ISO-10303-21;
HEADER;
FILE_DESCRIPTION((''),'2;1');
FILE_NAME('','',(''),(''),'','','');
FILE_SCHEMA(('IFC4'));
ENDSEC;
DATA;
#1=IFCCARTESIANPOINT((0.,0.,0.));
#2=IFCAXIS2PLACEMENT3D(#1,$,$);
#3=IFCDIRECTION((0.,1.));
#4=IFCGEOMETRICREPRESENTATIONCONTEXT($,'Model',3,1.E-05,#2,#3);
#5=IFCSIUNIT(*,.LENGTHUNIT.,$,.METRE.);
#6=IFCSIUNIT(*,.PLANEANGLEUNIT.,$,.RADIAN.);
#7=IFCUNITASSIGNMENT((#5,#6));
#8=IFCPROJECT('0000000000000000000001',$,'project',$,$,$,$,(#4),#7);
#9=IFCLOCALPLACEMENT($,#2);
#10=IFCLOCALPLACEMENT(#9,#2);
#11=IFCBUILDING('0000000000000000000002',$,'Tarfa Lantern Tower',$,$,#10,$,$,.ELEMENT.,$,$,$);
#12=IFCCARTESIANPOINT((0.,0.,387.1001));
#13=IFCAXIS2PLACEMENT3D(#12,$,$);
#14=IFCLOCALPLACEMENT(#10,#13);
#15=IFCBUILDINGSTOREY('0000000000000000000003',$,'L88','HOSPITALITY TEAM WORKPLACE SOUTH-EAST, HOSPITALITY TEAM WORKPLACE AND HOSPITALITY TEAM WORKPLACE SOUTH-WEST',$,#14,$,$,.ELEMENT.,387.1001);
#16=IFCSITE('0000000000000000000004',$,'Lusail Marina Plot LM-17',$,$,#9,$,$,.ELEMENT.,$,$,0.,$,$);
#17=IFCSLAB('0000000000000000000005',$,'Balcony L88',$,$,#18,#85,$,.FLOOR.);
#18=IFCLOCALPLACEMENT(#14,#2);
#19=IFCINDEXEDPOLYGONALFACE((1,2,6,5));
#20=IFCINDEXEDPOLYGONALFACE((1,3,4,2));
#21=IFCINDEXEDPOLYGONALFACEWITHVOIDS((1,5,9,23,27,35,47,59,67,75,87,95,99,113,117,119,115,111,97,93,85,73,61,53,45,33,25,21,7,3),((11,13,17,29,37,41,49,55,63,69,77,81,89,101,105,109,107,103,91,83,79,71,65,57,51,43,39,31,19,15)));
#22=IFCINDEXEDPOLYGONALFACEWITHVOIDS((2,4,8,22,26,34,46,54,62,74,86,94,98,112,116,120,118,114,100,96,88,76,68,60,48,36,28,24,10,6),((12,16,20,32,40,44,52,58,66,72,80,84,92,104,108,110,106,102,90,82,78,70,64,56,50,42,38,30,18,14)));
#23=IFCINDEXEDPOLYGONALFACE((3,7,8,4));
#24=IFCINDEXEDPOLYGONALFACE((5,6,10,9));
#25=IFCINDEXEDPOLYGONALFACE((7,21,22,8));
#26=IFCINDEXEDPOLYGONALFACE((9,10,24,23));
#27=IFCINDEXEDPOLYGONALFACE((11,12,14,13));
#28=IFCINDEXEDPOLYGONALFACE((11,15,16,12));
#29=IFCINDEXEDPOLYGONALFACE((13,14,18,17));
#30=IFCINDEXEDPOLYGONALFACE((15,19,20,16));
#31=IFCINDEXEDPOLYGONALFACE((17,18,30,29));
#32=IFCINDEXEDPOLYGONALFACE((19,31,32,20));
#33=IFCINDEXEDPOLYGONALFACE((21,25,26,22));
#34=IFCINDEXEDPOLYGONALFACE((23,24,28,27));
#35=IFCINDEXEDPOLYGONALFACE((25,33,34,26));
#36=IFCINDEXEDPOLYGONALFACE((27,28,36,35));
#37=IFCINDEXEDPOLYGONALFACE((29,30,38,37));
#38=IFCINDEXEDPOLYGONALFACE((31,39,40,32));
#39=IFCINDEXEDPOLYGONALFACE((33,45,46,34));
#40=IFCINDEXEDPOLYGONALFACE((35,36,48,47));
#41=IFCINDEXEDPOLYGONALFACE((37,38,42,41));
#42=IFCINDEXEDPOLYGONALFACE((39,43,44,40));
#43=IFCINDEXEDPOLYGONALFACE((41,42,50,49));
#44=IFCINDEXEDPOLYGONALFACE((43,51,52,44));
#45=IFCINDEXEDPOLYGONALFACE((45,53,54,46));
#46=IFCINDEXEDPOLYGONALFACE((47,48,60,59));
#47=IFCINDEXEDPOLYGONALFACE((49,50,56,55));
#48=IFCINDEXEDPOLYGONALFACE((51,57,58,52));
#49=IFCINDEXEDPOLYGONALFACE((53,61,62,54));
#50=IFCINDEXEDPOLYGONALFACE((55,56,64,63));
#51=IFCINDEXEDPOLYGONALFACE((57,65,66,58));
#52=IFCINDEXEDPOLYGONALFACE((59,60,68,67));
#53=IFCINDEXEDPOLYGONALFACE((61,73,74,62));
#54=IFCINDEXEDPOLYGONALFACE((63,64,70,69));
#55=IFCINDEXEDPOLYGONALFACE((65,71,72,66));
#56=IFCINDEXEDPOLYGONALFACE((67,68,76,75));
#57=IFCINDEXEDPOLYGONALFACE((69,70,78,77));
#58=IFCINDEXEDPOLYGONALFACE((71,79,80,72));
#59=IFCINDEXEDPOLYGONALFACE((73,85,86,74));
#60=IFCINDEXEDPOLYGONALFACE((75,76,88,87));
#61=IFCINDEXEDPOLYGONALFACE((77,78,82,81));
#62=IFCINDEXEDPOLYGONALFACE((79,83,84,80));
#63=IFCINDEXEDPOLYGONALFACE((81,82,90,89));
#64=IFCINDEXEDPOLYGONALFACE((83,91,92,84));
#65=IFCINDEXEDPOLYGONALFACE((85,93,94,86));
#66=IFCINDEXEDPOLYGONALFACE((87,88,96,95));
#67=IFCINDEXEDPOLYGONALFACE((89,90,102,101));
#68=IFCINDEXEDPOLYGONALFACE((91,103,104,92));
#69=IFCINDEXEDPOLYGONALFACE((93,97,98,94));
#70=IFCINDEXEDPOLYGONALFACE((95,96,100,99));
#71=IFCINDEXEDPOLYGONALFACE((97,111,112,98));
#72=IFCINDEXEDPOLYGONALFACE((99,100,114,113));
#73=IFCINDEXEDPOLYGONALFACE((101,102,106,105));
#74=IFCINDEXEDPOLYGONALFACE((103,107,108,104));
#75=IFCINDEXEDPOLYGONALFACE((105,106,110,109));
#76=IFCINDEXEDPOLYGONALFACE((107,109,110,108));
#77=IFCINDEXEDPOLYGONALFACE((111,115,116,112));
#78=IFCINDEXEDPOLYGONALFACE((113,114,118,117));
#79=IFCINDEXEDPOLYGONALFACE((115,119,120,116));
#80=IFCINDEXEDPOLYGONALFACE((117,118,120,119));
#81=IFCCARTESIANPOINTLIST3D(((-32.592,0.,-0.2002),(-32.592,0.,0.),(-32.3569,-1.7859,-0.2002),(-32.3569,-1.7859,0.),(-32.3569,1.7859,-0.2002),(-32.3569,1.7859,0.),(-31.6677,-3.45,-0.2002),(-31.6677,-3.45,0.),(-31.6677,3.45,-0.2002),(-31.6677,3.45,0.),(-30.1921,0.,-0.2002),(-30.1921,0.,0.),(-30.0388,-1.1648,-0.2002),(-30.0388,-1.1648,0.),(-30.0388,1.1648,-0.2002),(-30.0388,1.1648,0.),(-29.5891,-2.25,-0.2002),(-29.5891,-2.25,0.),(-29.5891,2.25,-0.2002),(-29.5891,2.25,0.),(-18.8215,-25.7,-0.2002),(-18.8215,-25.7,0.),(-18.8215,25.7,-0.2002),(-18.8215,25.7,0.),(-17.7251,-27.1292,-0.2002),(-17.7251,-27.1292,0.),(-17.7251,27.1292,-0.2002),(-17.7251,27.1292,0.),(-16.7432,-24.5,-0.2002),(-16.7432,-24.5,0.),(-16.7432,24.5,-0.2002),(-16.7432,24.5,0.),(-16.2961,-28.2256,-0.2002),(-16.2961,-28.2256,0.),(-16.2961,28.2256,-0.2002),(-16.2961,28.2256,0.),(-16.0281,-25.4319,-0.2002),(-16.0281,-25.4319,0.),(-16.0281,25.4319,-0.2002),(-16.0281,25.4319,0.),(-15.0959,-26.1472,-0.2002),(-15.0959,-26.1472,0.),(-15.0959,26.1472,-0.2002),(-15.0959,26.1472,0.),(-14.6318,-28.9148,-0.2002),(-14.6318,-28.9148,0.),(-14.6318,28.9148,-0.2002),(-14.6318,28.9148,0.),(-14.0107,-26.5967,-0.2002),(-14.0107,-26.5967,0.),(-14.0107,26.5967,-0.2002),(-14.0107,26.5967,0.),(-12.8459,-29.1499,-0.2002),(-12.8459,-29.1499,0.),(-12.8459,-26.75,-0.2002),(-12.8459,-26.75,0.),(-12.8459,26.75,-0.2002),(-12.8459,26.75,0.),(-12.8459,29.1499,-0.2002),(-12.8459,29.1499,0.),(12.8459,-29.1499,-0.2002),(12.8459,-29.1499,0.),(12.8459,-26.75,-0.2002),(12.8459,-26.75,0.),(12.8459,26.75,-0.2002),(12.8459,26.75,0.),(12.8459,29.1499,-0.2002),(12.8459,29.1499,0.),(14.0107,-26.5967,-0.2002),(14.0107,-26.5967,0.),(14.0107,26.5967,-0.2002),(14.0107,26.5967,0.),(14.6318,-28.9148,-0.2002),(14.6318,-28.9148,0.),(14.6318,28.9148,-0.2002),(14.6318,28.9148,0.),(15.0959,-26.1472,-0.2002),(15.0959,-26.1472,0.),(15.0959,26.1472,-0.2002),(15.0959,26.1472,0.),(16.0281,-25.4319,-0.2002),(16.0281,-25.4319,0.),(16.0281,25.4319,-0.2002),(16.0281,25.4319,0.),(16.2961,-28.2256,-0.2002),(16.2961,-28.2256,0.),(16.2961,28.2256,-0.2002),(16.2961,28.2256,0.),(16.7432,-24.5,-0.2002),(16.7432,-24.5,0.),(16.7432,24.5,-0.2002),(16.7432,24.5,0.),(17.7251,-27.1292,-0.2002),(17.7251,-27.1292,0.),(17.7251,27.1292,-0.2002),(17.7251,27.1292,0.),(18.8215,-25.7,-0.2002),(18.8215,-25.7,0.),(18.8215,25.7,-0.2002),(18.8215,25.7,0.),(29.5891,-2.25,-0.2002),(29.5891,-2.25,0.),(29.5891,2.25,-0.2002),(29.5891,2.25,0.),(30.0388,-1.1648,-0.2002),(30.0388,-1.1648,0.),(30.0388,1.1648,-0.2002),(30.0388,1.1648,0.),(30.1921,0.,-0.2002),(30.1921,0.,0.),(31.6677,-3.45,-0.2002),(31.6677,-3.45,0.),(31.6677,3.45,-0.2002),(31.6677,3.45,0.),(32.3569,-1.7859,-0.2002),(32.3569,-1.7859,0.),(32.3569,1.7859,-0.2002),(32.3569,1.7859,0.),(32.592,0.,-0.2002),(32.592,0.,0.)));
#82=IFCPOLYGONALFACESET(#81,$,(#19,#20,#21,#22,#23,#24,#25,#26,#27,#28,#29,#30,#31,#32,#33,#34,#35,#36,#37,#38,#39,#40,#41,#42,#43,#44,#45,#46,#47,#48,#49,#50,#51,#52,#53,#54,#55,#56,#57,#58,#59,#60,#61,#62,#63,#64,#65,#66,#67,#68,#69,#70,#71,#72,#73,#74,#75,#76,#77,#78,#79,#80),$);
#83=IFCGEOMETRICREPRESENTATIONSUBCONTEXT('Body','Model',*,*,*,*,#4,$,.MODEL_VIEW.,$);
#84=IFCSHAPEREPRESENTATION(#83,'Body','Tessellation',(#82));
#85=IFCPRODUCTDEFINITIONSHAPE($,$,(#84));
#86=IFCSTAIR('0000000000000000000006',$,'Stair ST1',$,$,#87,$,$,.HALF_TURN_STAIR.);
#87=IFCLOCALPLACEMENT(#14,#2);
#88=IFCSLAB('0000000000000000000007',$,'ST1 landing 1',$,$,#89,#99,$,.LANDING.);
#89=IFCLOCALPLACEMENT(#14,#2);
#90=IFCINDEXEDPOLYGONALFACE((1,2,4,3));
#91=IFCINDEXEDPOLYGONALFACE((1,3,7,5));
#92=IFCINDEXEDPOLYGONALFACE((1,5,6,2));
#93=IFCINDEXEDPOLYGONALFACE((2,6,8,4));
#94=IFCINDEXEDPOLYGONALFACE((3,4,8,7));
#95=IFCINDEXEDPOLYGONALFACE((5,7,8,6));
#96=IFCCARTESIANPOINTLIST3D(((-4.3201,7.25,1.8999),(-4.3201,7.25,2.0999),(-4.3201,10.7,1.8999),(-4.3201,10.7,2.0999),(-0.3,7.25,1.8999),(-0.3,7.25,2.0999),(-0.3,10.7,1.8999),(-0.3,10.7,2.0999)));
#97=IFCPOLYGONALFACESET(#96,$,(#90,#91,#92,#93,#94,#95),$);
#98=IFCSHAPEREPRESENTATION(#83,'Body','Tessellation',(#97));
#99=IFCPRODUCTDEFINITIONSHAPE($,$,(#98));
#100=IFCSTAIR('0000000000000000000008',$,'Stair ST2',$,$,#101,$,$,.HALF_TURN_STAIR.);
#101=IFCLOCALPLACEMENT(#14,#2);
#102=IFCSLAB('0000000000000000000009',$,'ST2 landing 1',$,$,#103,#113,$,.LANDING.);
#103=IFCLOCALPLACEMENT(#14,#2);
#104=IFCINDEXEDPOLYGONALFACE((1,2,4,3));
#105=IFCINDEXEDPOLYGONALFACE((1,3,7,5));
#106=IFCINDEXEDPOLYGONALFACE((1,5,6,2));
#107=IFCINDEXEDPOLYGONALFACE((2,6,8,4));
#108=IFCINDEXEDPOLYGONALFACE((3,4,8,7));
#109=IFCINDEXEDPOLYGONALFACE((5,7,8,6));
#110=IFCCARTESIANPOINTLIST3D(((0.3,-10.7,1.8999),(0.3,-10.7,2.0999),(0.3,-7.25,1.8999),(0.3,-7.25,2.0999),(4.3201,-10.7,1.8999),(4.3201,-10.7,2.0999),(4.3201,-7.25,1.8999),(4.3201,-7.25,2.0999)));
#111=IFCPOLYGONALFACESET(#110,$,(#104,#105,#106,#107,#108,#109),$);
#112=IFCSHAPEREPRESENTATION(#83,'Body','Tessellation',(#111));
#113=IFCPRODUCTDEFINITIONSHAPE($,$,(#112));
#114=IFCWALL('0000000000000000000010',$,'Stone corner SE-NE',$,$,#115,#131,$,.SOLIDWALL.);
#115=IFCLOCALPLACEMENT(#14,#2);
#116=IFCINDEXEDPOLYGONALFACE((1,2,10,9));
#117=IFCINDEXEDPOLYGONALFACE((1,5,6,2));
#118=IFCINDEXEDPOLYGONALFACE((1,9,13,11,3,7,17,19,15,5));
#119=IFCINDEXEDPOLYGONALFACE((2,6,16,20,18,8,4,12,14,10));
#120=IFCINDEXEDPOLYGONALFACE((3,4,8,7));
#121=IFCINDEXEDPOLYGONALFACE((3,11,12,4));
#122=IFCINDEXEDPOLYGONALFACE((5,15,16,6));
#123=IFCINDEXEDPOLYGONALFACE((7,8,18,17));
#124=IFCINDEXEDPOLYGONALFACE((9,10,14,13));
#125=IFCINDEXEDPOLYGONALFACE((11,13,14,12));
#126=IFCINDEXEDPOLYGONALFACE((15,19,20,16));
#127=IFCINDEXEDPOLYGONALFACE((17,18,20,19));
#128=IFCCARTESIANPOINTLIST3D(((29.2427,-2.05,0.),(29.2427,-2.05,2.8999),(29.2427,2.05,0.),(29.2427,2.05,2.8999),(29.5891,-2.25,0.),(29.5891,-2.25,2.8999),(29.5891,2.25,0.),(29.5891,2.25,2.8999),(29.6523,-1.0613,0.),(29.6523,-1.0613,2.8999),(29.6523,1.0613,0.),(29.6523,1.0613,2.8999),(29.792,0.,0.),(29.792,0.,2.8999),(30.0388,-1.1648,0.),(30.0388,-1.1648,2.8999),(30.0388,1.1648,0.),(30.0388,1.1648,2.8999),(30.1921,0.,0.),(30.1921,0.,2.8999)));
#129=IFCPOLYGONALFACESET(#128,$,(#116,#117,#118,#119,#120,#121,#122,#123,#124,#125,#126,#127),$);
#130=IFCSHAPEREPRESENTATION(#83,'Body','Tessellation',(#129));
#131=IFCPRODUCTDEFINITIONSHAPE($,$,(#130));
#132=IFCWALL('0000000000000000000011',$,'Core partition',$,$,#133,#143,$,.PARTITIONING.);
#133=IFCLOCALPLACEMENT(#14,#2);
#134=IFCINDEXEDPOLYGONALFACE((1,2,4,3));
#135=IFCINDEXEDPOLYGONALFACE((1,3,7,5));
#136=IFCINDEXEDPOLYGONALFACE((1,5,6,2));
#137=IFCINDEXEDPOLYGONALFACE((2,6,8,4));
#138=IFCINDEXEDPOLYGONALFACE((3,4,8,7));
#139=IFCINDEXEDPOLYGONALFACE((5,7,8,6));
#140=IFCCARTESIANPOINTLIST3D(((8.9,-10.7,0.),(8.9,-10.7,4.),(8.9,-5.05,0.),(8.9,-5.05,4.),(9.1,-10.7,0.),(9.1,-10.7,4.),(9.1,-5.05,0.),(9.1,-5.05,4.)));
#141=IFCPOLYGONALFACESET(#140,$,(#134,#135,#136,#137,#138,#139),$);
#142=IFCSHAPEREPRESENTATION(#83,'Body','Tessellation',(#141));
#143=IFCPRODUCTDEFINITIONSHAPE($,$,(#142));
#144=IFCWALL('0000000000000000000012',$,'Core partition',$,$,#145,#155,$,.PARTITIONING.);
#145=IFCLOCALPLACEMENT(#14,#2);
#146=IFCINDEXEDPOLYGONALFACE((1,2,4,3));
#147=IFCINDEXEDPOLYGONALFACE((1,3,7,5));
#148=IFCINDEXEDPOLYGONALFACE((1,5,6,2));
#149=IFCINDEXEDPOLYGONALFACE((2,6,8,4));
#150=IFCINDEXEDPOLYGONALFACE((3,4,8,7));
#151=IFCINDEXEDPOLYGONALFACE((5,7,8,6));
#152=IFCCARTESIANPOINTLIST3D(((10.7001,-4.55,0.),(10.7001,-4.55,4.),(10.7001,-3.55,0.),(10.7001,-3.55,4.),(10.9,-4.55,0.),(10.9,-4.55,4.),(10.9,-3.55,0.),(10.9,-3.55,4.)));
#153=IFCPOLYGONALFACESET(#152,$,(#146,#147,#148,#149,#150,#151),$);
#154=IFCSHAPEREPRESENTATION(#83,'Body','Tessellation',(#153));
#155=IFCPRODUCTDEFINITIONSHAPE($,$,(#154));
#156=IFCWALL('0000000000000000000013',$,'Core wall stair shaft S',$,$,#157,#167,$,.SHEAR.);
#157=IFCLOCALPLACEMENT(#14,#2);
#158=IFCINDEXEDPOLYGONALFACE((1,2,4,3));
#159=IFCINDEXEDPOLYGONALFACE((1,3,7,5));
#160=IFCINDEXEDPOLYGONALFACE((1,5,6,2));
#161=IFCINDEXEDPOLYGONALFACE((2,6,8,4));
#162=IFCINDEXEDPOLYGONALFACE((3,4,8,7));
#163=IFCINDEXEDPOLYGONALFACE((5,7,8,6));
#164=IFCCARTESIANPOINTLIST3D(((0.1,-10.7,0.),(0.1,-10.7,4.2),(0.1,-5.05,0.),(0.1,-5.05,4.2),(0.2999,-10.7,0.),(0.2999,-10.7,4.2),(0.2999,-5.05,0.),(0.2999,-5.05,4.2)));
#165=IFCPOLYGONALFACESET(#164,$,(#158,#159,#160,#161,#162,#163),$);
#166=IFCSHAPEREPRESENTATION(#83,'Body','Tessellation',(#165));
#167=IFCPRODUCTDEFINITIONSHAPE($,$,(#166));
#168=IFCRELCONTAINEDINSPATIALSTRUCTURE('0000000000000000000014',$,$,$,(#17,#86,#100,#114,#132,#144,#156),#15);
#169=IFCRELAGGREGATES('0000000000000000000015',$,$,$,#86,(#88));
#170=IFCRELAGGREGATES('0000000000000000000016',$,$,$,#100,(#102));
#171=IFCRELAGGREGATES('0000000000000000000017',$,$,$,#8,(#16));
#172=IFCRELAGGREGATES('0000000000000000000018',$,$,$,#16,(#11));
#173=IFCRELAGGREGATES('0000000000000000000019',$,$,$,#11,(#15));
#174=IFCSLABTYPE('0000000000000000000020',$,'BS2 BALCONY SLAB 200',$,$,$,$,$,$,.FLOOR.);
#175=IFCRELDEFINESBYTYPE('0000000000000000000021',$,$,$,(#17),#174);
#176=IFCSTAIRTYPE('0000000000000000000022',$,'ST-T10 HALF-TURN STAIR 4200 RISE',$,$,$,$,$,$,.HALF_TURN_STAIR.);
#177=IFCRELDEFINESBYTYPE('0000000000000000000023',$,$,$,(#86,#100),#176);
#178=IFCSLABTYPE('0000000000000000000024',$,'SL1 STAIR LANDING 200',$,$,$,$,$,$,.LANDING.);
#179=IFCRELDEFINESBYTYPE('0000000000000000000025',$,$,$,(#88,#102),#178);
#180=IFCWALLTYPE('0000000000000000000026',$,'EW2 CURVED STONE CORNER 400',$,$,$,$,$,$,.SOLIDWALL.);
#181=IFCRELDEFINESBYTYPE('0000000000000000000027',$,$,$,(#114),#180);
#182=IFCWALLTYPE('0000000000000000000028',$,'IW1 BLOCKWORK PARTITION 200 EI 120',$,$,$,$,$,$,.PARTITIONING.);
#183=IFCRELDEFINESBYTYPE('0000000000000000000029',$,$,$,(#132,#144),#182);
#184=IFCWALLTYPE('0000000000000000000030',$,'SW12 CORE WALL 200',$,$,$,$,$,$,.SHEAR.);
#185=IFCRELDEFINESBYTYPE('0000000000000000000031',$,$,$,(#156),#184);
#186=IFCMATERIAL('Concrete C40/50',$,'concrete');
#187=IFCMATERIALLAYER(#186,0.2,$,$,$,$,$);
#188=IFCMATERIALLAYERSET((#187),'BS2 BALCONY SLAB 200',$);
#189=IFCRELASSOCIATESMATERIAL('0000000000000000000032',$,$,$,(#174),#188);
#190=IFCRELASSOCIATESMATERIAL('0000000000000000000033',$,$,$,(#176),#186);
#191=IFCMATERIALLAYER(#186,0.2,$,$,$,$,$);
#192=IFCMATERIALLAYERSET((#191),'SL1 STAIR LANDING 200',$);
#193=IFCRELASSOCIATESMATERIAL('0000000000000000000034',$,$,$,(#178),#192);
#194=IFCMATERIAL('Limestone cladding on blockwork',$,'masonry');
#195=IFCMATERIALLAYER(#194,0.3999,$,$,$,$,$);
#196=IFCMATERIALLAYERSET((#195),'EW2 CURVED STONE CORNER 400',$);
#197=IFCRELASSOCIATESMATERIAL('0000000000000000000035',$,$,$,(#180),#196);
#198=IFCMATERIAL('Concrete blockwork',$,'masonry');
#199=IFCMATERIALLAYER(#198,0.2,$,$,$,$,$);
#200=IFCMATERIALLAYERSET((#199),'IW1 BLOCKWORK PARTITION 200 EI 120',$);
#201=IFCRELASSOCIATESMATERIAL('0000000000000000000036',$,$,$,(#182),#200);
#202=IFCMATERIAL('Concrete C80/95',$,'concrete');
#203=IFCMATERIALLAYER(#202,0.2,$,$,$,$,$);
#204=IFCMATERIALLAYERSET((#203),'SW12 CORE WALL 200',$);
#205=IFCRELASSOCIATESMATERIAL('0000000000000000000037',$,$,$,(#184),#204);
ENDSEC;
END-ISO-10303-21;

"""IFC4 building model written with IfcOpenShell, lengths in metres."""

from ifc_helpers import new_model, si_unit, direction, frame, frame_2d, origin, place, context, subcontext, project, spatial, polyline, rectangle, outline, extrude, material, layer, layer_set, type_object, element, aggregate, save


model = new_model("IFC4")

# Units and contexts
model_context = context("Model", 3, precision=1e-05, world=origin(), true_north=direction((0.0, 1.0)))
body_context = subcontext(model_context, "Body", "Model", "MODEL_VIEW")
ifc_project = project(units=[si_unit("LENGTHUNIT", "METRE"), si_unit("PLANEANGLEUNIT", "RADIAN")], contexts=[model_context])

# Site, building, storey
site_placement = place(None, origin())
site = spatial("IfcSite", under=ifc_project, at=site_placement, Name="Lusail Marina Plot LM-17", CompositionType="ELEMENT", RefElevation=0.0)
building_placement = place(site_placement, origin())
building = spatial("IfcBuilding", under=site, at=building_placement, Name="Tarfa Lantern Tower", CompositionType="ELEMENT")
storey_placement = place(building_placement, frame((0.0, 0.0, 387.1001)))
storey = spatial("IfcBuildingStorey", under=building, at=storey_placement, Name="L88", Description="HOSPITALITY TEAM WORKPLACE SOUTH-EAST, HOSPITALITY TEAM WORKPLACE AND HOSPITALITY TEAM WORKPLACE SOUTH-WEST", CompositionType="ELEMENT", Elevation=387.1001)

# Slab
ifc_material_1 = material(Name="Concrete C40/50", Category="concrete")
ifc_layer_1 = layer(ifc_material_1, 0.2)
ifc_layer_set_1 = layer_set([ifc_layer_1], Name="BS2 BALCONY SLAB 200")
slab_type_1 = type_object("IfcSlabType", Name="BS2 BALCONY SLAB 200", PredefinedType="FLOOR", material=ifc_layer_set_1)
slab_1_placement = place(storey_placement, frame((0.0, 0.0, -0.2002)))
element("IfcSlab", 1, at=slab_1_placement, inside=storey, type_object=slab_type_1, Name="Balcony L88", PredefinedType="FLOOR", context=body_context, shape_type="SweptSolid", body=[
    extrude(outline(polyline([(31.6677, 3.45), (18.8215, 25.7), (17.7251, 27.1292), (16.2961, 28.2256), (14.6318, 28.9148), (12.8459, 29.1499), (-12.8459, 29.1499), (-14.6318, 28.9148), (-16.2961, 28.2256), (-17.7251, 27.1292), (-18.8215, 25.7), (-31.6677, 3.45), (-32.3569, 1.7859), (-32.592, 0.0), (-32.3569, -1.7859), (-31.6677, -3.45), (-18.8215, -25.7), (-17.7251, -27.1292), (-16.2961, -28.2256), (-14.6318, -28.9148), (-12.8459, -29.1499), (12.8459, -29.1499), (14.6318, -28.9148), (16.2961, -28.2256), (17.7251, -27.1292), (18.8215, -25.7), (31.6677, -3.45), (32.3569, -1.7859), (32.592, 0.0), (32.3569, 1.7859), (31.6677, 3.45)]), holes=[polyline([(29.5891, 2.25), (16.7432, 24.5), (16.0281, 25.4319), (15.0959, 26.1472), (14.0107, 26.5967), (12.8459, 26.75), (-12.8459, 26.75), (-14.0107, 26.5967), (-15.0959, 26.1472), (-16.0281, 25.4319), (-16.7432, 24.5), (-29.5891, 2.25), (-30.0388, 1.1648), (-30.1921, 0.0), (-30.0388, -1.1648), (-29.5891, -2.25), (-16.7432, -24.5), (-16.0281, -25.4319), (-15.0959, -26.1472), (-14.0107, -26.5967), (-12.8459, -26.75), (12.8459, -26.75), (14.0107, -26.5967), (15.0959, -26.1472), (16.0281, -25.4319), (16.7432, -24.5), (29.5891, -2.25), (30.0388, -1.1648), (30.1921, 0.0), (30.0388, 1.1648), (29.5891, 2.25)])]), origin(), (0.0, 0.0, 1.0), 0.2002),
])

# Stairs, slabs
stair_type = type_object("IfcStairType", Name="ST-T10 HALF-TURN STAIR 4200 RISE", PredefinedType="HALF_TURN_STAIR", material=ifc_material_1)
stair_1_placement = place(storey_placement, origin())
stair_1 = element("IfcStair", 2, at=stair_1_placement, inside=storey, type_object=stair_type, Name="Stair ST1", PredefinedType="HALF_TURN_STAIR")
ifc_layer_2 = layer(ifc_material_1, 0.2)
ifc_layer_set_2 = layer_set([ifc_layer_2], Name="SL1 STAIR LANDING 200")
slab_type_2 = type_object("IfcSlabType", Name="SL1 STAIR LANDING 200", PredefinedType="LANDING", material=ifc_layer_set_2)
slab_2_placement = place(storey_placement, frame((0.0, 0.0, 1.8999)))
slab_2 = element("IfcSlab", 3, at=slab_2_placement, type_object=slab_type_2, Name="ST1 landing 1", PredefinedType="LANDING", context=body_context, shape_type="SweptSolid", body=[
    extrude(outline(polyline([(-4.3201, 7.25), (-0.3, 7.25), (-0.3, 10.7), (-4.3201, 10.7), (-4.3201, 7.25)])), origin(), (0.0, 0.0, 1.0), 0.2),
])
aggregate(stair_1, [slab_2])
stair_2_placement = place(storey_placement, origin())
stair_2 = element("IfcStair", 4, at=stair_2_placement, inside=storey, type_object=stair_type, Name="Stair ST2", PredefinedType="HALF_TURN_STAIR")
slab_3_placement = place(storey_placement, frame((0.0, 0.0, 1.8999)))
slab_3 = element("IfcSlab", 5, at=slab_3_placement, type_object=slab_type_2, Name="ST2 landing 1", PredefinedType="LANDING", context=body_context, shape_type="SweptSolid", body=[
    extrude(outline(polyline([(4.3201, -7.25), (0.3, -7.25), (0.3, -10.7), (4.3201, -10.7), (4.3201, -7.25)])), origin(), (0.0, 0.0, 1.0), 0.2),
])

# Walls
ifc_material_2 = material(Name="Limestone cladding on blockwork", Category="masonry")
ifc_layer_3 = layer(ifc_material_2, 0.3999)
ifc_layer_set_3 = layer_set([ifc_layer_3], Name="EW2 CURVED STONE CORNER 400")
wall_type_1 = type_object("IfcWallType", Name="EW2 CURVED STONE CORNER 400", PredefinedType="SOLIDWALL", material=ifc_layer_set_3)
wall_1_placement = place(storey_placement, origin())
element("IfcWall", 6, at=wall_1_placement, inside=storey, type_object=wall_type_1, Name="Stone corner SE-NE", PredefinedType="SOLIDWALL", context=body_context, shape_type="SweptSolid", body=[
    extrude(outline(polyline([(29.5891, -2.25), (30.0388, -1.1648), (30.1921, 0.0), (30.0388, 1.1648), (29.5891, 2.25), (29.2427, 2.05), (29.6523, 1.0613), (29.792, 0.0), (29.6523, -1.0613), (29.2427, -2.05), (29.5891, -2.25)])), origin(), (0.0, 0.0, 1.0), 2.8999),
])
ifc_material_3 = material(Name="Concrete blockwork", Category="masonry")
ifc_layer_4 = layer(ifc_material_3, 0.2)
ifc_layer_set_4 = layer_set([ifc_layer_4], Name="IW1 BLOCKWORK PARTITION 200 EI 120")
wall_type_2 = type_object("IfcWallType", Name="IW1 BLOCKWORK PARTITION 200 EI 120", PredefinedType="PARTITIONING", material=ifc_layer_set_4)
wall_2_placement = place(storey_placement, frame((9.0, -5.05, 0.0), z_axis=(0.0, 0.0, 1.0), x_axis=(0.0, -1.0, 0.0)))
element("IfcWall", 7, at=wall_2_placement, inside=storey, type_object=wall_type_2, Name="Core partition", PredefinedType="PARTITIONING", context=body_context, shape_type="SweptSolid", body=[
    extrude(rectangle(XDim=5.6499, YDim=0.2, at=frame_2d((2.825, 0.0))), origin(), (0.0, 0.0, 1.0), 4.0),
])
wall_3_placement = place(storey_placement, frame((10.8, -3.55, 0.0), z_axis=(0.0, 0.0, 1.0), x_axis=(0.0, -1.0, 0.0)))
element("IfcWall", 8, at=wall_3_placement, inside=storey, type_object=wall_type_2, Name="Core partition", PredefinedType="PARTITIONING", context=body_context, shape_type="SweptSolid", body=[
    extrude(rectangle(XDim=1.0, YDim=0.2, at=frame_2d((0.5, 0.0))), origin(), (0.0, 0.0, 1.0), 4.0),
])
ifc_material_4 = material(Name="Concrete C80/95", Category="concrete")
ifc_layer_5 = layer(ifc_material_4, 0.2)
ifc_layer_set_5 = layer_set([ifc_layer_5], Name="SW12 CORE WALL 200")
wall_type_3 = type_object("IfcWallType", Name="SW12 CORE WALL 200", PredefinedType="SHEAR", material=ifc_layer_set_5)
wall_4_placement = place(storey_placement, frame((0.2, -5.05, 0.0), z_axis=(0.0, 0.0, 1.0), x_axis=(0.0, -1.0, 0.0)))
element("IfcWall", 9, at=wall_4_placement, inside=storey, type_object=wall_type_3, Name="Core wall stair shaft S", PredefinedType="SHEAR", context=body_context, shape_type="SweptSolid", body=[
    extrude(rectangle(XDim=5.6499, YDim=0.2, at=frame_2d((2.825, 0.0))), origin(), (0.0, 0.0, 1.0), 4.2),
])

aggregate(stair_2, [slab_3])

save(model, "model.ifc")
